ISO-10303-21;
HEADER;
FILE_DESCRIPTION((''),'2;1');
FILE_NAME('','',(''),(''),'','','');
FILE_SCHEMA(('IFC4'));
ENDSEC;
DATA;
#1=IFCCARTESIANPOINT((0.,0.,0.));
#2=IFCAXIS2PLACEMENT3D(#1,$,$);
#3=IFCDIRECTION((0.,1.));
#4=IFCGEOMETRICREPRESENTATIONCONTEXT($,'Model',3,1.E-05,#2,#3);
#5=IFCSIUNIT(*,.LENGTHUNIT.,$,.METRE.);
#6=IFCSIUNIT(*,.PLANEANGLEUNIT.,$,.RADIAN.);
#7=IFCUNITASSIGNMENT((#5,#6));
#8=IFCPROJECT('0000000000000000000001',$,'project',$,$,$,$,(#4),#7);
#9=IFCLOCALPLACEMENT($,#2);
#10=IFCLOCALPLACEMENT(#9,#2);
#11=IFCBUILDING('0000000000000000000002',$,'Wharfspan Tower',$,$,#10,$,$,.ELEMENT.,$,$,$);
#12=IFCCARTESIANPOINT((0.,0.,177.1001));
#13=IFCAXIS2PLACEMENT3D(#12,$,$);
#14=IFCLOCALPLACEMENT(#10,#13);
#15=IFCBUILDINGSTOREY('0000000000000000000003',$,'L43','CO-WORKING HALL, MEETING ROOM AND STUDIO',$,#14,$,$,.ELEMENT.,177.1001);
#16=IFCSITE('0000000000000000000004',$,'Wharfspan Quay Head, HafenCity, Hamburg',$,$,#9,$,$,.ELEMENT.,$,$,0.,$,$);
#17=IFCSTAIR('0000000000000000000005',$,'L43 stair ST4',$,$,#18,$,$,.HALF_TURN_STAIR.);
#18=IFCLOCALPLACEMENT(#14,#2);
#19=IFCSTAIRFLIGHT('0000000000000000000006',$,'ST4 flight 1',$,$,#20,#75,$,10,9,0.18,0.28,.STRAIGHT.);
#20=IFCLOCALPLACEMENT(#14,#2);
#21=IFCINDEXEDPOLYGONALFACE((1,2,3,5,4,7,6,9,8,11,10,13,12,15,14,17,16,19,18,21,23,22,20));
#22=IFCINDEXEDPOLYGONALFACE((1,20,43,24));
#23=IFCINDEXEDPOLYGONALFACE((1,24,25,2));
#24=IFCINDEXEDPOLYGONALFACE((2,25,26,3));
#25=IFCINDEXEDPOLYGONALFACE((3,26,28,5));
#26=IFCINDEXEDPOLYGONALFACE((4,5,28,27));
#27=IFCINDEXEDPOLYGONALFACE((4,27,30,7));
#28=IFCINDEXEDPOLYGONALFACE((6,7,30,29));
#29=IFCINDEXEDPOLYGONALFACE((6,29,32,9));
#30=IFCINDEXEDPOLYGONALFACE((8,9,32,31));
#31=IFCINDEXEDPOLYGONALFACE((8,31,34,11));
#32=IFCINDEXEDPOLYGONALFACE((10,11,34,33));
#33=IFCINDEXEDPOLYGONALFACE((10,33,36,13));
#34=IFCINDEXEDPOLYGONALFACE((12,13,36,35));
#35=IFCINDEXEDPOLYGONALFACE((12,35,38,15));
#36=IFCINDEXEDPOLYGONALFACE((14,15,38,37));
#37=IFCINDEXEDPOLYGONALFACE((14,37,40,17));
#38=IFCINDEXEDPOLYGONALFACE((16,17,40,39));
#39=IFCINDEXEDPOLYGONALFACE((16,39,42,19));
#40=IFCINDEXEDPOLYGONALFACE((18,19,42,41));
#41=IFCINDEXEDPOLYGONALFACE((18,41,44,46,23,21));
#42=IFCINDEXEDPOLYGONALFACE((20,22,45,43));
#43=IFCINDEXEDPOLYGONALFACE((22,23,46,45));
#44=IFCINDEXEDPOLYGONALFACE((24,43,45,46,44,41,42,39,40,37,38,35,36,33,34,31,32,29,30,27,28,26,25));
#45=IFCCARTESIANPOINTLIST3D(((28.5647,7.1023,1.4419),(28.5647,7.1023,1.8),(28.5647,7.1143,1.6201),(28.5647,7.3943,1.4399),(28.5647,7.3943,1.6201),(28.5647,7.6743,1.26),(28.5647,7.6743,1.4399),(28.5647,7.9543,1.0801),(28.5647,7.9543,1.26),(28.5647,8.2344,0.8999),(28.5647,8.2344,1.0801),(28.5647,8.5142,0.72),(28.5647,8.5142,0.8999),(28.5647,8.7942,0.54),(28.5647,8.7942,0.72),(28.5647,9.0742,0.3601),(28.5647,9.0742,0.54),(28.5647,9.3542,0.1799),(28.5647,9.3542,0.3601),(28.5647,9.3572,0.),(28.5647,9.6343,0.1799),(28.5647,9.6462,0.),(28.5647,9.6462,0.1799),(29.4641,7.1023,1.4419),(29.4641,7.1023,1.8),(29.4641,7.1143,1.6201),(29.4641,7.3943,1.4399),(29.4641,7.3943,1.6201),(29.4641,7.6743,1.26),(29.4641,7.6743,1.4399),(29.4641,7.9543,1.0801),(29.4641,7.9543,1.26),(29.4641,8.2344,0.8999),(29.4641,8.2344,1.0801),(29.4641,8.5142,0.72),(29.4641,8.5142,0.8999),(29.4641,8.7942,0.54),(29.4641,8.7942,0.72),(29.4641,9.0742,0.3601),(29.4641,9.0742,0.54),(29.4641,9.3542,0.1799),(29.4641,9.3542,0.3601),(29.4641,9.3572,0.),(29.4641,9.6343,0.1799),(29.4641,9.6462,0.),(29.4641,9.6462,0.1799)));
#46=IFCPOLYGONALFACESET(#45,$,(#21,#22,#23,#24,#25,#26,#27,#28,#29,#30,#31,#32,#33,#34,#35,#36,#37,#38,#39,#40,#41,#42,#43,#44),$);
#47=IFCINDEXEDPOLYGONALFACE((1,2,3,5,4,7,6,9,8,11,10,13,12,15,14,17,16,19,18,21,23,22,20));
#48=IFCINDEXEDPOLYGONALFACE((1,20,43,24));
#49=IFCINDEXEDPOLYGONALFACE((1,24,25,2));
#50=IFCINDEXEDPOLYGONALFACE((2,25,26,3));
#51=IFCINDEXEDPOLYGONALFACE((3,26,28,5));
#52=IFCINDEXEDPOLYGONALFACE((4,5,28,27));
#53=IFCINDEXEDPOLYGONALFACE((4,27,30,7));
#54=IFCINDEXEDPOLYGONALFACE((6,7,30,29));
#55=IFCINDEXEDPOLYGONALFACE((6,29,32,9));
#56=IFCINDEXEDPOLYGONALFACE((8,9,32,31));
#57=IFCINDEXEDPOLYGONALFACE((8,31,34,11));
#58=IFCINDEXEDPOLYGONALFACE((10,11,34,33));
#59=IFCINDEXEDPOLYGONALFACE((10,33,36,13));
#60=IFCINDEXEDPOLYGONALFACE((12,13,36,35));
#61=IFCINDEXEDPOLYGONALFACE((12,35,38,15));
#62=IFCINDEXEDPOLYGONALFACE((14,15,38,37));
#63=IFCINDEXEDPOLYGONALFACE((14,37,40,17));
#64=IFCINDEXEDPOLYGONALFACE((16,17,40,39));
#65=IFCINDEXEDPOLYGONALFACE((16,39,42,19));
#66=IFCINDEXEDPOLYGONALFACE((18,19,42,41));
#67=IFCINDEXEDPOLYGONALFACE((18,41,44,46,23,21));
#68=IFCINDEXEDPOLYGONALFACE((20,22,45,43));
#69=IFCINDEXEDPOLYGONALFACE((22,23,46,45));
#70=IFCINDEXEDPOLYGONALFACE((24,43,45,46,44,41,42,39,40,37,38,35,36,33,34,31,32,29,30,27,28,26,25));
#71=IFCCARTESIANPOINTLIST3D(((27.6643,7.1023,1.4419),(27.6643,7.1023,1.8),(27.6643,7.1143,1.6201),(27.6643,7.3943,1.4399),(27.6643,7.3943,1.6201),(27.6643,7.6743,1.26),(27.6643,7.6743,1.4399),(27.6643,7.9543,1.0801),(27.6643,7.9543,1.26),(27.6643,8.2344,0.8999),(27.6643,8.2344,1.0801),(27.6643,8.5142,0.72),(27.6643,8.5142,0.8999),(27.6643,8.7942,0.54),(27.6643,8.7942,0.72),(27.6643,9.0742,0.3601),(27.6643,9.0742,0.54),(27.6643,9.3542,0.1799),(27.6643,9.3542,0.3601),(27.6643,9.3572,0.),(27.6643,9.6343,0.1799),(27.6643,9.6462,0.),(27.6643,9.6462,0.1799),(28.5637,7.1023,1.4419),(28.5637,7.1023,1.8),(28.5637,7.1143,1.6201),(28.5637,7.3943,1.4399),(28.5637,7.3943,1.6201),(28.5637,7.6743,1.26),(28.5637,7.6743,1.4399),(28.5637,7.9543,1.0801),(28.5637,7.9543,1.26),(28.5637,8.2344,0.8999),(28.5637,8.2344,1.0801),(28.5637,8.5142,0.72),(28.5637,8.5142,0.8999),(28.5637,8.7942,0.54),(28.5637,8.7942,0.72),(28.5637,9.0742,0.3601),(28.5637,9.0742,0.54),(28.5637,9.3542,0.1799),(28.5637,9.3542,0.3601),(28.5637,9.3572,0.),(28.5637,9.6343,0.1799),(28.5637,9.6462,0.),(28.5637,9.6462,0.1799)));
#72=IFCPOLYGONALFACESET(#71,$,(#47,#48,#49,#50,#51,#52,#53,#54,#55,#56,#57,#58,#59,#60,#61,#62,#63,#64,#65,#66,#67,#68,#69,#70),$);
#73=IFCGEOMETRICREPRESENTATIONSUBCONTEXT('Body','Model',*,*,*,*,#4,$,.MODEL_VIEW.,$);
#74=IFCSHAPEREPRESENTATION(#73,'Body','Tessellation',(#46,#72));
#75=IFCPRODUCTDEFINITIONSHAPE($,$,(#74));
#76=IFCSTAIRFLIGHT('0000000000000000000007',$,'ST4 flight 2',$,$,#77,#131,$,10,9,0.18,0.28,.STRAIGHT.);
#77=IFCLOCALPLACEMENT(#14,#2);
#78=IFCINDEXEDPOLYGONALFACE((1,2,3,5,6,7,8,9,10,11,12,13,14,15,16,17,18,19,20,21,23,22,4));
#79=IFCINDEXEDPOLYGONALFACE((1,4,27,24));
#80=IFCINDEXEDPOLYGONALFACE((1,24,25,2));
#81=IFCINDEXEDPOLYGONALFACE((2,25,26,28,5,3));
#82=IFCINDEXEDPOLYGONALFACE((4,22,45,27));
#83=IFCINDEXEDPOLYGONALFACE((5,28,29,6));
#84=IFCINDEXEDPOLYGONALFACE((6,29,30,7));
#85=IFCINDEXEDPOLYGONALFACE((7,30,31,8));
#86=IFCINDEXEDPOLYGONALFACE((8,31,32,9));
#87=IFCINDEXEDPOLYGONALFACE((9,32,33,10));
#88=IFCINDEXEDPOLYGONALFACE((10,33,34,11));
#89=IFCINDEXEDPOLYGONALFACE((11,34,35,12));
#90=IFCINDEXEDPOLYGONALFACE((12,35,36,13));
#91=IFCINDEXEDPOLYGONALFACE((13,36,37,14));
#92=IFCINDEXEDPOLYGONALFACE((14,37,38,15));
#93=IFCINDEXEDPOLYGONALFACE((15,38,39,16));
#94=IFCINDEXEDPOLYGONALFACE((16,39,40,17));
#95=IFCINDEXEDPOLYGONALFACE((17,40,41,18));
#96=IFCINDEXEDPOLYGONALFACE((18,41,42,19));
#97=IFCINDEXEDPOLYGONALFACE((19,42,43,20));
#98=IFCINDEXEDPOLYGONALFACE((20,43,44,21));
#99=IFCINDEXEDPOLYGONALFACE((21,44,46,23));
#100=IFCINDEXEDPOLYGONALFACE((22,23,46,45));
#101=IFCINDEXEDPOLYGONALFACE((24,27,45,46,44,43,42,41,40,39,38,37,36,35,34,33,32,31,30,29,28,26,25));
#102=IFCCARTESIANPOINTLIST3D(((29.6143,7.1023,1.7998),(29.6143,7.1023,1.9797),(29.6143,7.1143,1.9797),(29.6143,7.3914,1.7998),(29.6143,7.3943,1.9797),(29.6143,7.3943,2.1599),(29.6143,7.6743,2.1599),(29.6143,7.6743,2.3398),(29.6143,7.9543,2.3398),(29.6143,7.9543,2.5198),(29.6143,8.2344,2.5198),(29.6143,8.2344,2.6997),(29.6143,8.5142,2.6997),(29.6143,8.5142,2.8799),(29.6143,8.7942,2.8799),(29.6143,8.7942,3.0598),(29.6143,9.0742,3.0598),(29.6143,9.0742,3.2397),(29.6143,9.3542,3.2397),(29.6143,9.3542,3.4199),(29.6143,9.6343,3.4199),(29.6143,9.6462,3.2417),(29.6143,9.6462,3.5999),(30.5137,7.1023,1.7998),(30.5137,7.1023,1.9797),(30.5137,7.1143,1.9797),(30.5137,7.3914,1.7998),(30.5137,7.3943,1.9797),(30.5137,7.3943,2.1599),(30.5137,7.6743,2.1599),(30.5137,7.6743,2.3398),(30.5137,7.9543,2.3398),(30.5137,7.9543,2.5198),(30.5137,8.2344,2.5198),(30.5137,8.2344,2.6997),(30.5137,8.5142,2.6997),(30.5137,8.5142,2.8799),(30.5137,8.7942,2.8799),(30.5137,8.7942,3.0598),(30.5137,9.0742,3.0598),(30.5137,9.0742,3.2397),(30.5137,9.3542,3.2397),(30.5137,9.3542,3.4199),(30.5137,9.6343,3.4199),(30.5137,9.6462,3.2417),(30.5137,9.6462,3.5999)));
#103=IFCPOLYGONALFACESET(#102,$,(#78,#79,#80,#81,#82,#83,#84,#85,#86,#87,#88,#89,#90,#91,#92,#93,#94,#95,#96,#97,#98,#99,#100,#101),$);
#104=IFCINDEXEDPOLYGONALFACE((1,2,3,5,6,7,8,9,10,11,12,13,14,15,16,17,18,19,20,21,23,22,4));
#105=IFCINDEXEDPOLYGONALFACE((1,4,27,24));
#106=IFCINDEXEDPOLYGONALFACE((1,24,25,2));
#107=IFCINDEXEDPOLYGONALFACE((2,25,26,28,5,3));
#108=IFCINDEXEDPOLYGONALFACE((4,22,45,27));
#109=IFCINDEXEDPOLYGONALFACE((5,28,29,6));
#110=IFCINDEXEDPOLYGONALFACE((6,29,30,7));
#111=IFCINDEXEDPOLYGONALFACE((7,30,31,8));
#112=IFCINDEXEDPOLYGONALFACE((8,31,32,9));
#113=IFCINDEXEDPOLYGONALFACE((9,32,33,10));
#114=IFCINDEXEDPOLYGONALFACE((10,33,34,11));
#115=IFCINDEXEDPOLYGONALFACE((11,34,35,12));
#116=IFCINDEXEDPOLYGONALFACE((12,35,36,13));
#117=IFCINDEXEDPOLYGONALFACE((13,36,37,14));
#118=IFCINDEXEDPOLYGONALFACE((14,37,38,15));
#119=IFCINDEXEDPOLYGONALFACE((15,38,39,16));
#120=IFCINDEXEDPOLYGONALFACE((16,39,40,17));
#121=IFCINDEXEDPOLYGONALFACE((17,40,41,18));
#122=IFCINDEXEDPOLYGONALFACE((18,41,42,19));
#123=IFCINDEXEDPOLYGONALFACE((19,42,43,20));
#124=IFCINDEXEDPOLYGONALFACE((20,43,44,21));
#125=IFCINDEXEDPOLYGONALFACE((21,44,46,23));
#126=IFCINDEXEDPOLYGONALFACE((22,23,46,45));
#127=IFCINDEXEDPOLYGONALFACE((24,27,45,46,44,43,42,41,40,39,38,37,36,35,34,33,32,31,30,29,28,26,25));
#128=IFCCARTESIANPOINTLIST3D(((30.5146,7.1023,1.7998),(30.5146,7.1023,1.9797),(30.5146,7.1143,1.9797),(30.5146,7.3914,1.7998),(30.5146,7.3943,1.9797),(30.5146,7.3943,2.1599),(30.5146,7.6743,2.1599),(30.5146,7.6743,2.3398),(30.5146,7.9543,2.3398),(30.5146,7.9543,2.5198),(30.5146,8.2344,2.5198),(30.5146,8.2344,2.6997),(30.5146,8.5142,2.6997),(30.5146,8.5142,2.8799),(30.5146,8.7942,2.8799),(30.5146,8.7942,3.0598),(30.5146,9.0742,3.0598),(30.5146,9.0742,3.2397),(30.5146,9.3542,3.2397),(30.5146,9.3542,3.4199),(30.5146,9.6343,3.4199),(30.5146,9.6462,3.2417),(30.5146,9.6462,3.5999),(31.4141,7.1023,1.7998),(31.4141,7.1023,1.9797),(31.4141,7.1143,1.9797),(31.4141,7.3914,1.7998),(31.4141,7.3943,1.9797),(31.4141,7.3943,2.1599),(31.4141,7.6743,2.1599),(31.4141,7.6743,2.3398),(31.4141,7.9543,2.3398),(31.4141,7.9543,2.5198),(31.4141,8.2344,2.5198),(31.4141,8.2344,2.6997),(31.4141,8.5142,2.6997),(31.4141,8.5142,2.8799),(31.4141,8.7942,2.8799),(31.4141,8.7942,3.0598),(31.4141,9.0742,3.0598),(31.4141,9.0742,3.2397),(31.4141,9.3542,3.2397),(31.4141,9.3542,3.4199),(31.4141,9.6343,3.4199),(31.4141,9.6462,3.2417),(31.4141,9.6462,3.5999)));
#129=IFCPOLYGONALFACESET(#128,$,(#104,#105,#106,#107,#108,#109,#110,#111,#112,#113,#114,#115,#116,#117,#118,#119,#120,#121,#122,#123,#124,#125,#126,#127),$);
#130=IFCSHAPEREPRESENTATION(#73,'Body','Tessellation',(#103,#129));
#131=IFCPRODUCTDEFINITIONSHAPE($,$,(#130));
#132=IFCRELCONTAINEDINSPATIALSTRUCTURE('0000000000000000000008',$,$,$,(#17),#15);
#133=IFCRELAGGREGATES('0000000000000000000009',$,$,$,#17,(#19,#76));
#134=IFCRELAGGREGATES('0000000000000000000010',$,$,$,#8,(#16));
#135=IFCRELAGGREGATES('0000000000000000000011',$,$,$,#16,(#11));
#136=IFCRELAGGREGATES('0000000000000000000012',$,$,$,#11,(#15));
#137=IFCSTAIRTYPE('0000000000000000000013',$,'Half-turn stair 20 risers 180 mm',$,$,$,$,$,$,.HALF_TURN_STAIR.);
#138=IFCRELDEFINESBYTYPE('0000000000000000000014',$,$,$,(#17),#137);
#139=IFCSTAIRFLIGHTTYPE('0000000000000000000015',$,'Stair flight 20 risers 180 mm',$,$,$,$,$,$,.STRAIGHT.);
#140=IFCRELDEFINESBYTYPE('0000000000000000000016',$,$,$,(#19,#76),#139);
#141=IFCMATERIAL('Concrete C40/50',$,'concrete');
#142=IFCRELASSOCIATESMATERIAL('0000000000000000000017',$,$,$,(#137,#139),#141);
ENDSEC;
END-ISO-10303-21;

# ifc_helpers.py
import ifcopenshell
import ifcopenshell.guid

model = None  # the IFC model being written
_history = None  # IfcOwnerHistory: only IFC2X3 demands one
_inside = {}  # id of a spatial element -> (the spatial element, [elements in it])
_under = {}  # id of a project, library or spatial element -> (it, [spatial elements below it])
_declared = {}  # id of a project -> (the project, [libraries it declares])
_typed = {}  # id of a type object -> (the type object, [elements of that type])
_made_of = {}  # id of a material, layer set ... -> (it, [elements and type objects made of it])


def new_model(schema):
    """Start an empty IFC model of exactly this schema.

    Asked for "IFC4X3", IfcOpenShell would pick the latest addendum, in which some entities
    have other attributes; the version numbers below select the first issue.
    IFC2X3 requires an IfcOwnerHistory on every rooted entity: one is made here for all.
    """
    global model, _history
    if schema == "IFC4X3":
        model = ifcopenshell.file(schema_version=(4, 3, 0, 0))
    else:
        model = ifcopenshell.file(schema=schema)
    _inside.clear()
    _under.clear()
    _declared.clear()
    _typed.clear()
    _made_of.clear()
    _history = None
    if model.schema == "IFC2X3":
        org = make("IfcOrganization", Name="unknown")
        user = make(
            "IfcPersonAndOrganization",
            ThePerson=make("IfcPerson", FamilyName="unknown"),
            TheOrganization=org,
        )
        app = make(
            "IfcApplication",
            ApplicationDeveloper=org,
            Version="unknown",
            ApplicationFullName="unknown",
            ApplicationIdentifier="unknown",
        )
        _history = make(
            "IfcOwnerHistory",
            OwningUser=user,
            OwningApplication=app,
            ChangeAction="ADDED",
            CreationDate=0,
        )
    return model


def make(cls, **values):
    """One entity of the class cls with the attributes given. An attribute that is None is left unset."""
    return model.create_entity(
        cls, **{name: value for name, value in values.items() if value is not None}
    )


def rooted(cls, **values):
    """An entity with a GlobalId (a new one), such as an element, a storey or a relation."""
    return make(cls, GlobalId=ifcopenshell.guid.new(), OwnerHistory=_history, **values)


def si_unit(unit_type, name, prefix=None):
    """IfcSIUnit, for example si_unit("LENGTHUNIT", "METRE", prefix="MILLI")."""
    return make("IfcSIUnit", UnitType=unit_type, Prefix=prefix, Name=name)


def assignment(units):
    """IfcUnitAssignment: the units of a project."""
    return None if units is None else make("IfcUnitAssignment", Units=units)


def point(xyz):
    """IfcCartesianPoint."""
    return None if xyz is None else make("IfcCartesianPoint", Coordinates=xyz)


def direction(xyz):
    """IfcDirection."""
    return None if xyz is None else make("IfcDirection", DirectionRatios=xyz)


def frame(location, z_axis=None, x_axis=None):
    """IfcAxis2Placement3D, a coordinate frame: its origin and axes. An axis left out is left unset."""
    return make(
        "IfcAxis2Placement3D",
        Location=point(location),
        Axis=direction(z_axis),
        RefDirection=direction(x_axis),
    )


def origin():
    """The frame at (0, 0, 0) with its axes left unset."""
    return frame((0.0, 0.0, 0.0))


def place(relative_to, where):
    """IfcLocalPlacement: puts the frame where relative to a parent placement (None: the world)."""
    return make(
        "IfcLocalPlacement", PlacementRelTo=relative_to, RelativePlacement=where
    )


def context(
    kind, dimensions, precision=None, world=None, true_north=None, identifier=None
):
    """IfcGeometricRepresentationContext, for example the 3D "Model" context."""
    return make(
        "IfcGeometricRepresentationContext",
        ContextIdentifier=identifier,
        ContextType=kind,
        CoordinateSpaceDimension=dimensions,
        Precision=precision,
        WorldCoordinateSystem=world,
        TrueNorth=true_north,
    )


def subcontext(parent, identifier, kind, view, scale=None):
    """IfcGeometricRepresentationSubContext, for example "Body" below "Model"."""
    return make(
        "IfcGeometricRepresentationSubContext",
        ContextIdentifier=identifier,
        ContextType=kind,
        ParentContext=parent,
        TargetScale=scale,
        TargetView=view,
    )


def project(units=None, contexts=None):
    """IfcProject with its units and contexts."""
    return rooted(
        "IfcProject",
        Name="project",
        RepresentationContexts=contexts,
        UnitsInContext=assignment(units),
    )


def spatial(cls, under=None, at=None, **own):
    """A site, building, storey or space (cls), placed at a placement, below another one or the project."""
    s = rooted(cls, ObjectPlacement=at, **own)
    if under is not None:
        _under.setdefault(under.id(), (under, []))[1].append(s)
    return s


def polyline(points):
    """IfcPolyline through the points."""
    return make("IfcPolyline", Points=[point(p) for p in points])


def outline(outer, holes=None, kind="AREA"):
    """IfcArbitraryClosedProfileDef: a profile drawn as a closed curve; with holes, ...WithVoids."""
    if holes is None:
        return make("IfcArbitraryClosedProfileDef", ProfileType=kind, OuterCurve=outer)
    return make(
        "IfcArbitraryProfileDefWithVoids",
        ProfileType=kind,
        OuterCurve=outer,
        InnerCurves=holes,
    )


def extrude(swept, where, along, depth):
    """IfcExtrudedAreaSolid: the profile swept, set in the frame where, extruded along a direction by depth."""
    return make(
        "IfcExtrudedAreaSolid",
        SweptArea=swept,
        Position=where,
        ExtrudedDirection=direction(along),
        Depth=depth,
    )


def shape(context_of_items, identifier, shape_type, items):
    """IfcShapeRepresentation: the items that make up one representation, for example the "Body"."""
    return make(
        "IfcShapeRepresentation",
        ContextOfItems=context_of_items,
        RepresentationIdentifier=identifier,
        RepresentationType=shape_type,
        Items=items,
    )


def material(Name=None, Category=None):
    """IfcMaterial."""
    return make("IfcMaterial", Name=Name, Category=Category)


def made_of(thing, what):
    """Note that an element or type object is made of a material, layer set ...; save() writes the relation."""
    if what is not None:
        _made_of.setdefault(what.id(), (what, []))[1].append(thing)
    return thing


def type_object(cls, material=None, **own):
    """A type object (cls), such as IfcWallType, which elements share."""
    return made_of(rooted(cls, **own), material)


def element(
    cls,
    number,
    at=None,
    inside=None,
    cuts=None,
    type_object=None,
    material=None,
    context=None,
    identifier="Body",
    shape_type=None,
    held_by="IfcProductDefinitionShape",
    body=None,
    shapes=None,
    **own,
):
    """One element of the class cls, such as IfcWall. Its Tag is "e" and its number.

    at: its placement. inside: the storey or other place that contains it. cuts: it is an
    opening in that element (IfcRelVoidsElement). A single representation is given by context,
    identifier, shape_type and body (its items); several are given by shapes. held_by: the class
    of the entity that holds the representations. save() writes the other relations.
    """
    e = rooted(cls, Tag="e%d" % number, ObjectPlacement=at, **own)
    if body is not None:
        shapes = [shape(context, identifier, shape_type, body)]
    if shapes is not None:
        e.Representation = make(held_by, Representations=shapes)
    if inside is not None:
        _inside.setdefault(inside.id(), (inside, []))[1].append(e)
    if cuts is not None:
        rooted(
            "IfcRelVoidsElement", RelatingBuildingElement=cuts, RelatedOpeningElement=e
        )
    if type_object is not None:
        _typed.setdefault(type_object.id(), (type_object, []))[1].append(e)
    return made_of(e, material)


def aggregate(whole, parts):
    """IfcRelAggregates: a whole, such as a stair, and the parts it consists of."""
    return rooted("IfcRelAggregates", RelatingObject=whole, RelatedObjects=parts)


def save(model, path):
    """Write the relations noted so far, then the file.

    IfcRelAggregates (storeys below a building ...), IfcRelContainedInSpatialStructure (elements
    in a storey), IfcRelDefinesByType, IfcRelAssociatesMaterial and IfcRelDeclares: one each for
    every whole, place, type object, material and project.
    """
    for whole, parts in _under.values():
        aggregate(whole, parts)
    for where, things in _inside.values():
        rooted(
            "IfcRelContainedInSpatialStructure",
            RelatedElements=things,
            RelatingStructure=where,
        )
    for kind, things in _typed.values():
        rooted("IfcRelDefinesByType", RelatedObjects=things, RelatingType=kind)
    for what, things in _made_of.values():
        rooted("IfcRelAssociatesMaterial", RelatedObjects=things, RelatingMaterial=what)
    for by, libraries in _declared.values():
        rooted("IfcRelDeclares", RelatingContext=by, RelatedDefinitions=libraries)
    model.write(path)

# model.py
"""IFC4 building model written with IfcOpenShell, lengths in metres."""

from ifc_helpers import new_model, si_unit, direction, frame, origin, place, context, subcontext, project, spatial, polyline, outline, extrude, material, type_object, element, aggregate, save


model = new_model("IFC4")

# Units and contexts
model_context = context("Model", 3, precision=1e-05, world=origin(), true_north=direction((0.0, 1.0)))
body_context = subcontext(model_context, "Body", "Model", "MODEL_VIEW")
ifc_project = project(units=[si_unit("LENGTHUNIT", "METRE"), si_unit("PLANEANGLEUNIT", "RADIAN")], contexts=[model_context])

# Site, building, storey
site_placement = place(None, origin())
site = spatial("IfcSite", under=ifc_project, at=site_placement, Name="Wharfspan Quay Head, HafenCity, Hamburg", CompositionType="ELEMENT", RefElevation=0.0)
building_placement = place(site_placement, origin())
building = spatial("IfcBuilding", under=site, at=building_placement, Name="Wharfspan Tower", CompositionType="ELEMENT")
storey_placement = place(building_placement, frame((0.0, 0.0, 177.1001)))
storey = spatial("IfcBuildingStorey", under=building, at=storey_placement, Name="L43", Description="CO-WORKING HALL, MEETING ROOM AND STUDIO", CompositionType="ELEMENT", Elevation=177.1001)

# Shared definitions
ifc_material_1 = material(Name="Concrete C40/50", Category="concrete")

# Stair, stair flights
stair_type = type_object("IfcStairType", Name="Half-turn stair 20 risers 180 mm", PredefinedType="HALF_TURN_STAIR", material=ifc_material_1)
stair_placement = place(storey_placement, origin())
stair = element("IfcStair", 1, at=stair_placement, inside=storey, type_object=stair_type, Name="L43 stair ST4", PredefinedType="HALF_TURN_STAIR")
stair_flight_type = type_object("IfcStairFlightType", Name="Stair flight 20 risers 180 mm", PredefinedType="STRAIGHT", material=ifc_material_1)
stair_flight_1_placement = place(storey_placement, frame((28.5642, 9.6343, 0.0), z_axis=(0.0, 0.0, 1.0), x_axis=(0.0, -1.0, 0.0)))
stair_flight_1 = element("IfcStairFlight", 2, at=stair_flight_1_placement, type_object=stair_flight_type, Name="ST4 flight 1", NumberOfRisers=10, NumberOfTreads=9, PredefinedType="STRAIGHT", RiserHeight=0.18, TreadLength=0.28, context=body_context, shape_type="SweptSolid", body=[
    extrude(outline(polyline([(-0.012, 0.0), (-0.012, 0.1799), (0.0, 0.1799), (0.28, 0.1799), (0.28, 0.3601), (0.5601, 0.3601), (0.5601, 0.54), (0.8401, 0.54), (0.8401, 0.72), (1.1201, 0.72), (1.1201, 0.8999), (1.3999, 0.8999), (1.3999, 1.0801), (1.6799, 1.0801), (1.6799, 1.26), (1.96, 1.26), (1.96, 1.4399), (2.24, 1.4399), (2.24, 1.6201), (2.52, 1.6201), (2.532, 1.8), (2.532, 1.4419), (0.2771, 0.0), (-0.012, 0.0)])), frame((0.0, 0.8999, 0.0), z_axis=(0.0, -1.0, 0.0), x_axis=(1.0, 0.0, 0.0)), (0.0, 0.0, 1.0), 0.8994),
    extrude(outline(polyline([(-0.012, 0.0), (-0.012, 0.1799), (0.0, 0.1799), (0.28, 0.1799), (0.28, 0.3601), (0.5601, 0.3601), (0.5601, 0.54), (0.8401, 0.54), (0.8401, 0.72), (1.1201, 0.72), (1.1201, 0.8999), (1.3999, 0.8999), (1.3999, 1.0801), (1.6799, 1.0801), (1.6799, 1.26), (1.96, 1.26), (1.96, 1.4399), (2.24, 1.4399), (2.24, 1.6201), (2.52, 1.6201), (2.532, 1.8), (2.532, 1.4419), (0.2771, 0.0), (-0.012, 0.0)])), frame((0.0, -0.0005, 0.0), z_axis=(0.0, -1.0, 0.0), x_axis=(1.0, 0.0, 0.0)), (0.0, 0.0, 1.0), 0.8994),
])
stair_flight_2_placement = place(storey_placement, frame((30.5142, 7.1143, 1.7998), z_axis=(0.0, 0.0, 1.0), x_axis=(0.0, 1.0, 0.0)))
stair_flight_2 = element("IfcStairFlight", 3, at=stair_flight_2_placement, type_object=stair_flight_type, Name="ST4 flight 2", NumberOfRisers=10, NumberOfTreads=9, PredefinedType="STRAIGHT", RiserHeight=0.18, TreadLength=0.28, context=body_context, shape_type="SweptSolid", body=[
    extrude(outline(polyline([(-0.012, 0.0), (-0.012, 0.1799), (0.0, 0.1799), (0.28, 0.1799), (0.28, 0.3601), (0.5601, 0.3601), (0.5601, 0.54), (0.8401, 0.54), (0.8401, 0.72), (1.1201, 0.72), (1.1201, 0.8999), (1.3999, 0.8999), (1.3999, 1.0801), (1.6799, 1.0801), (1.6799, 1.26), (1.96, 1.26), (1.96, 1.4399), (2.24, 1.4399), (2.24, 1.6201), (2.52, 1.6201), (2.532, 1.8), (2.532, 1.4419), (0.2771, 0.0), (-0.012, 0.0)])), frame((0.0, 0.8999, 0.0), z_axis=(0.0, -1.0, 0.0), x_axis=(1.0, 0.0, 0.0)), (0.0, 0.0, 1.0), 0.8994),
    extrude(outline(polyline([(-0.012, 0.0), (-0.012, 0.1799), (0.0, 0.1799), (0.28, 0.1799), (0.28, 0.3601), (0.5601, 0.3601), (0.5601, 0.54), (0.8401, 0.54), (0.8401, 0.72), (1.1201, 0.72), (1.1201, 0.8999), (1.3999, 0.8999), (1.3999, 1.0801), (1.6799, 1.0801), (1.6799, 1.26), (1.96, 1.26), (1.96, 1.4399), (2.24, 1.4399), (2.24, 1.6201), (2.52, 1.6201), (2.532, 1.8), (2.532, 1.4419), (0.2771, 0.0), (-0.012, 0.0)])), frame((0.0, -0.0005, 0.0), z_axis=(0.0, -1.0, 0.0), x_axis=(1.0, 0.0, 0.0)), (0.0, 0.0, 1.0), 0.8994),
])
aggregate(stair, [stair_flight_1, stair_flight_2])

save(model, "model.ifc")
